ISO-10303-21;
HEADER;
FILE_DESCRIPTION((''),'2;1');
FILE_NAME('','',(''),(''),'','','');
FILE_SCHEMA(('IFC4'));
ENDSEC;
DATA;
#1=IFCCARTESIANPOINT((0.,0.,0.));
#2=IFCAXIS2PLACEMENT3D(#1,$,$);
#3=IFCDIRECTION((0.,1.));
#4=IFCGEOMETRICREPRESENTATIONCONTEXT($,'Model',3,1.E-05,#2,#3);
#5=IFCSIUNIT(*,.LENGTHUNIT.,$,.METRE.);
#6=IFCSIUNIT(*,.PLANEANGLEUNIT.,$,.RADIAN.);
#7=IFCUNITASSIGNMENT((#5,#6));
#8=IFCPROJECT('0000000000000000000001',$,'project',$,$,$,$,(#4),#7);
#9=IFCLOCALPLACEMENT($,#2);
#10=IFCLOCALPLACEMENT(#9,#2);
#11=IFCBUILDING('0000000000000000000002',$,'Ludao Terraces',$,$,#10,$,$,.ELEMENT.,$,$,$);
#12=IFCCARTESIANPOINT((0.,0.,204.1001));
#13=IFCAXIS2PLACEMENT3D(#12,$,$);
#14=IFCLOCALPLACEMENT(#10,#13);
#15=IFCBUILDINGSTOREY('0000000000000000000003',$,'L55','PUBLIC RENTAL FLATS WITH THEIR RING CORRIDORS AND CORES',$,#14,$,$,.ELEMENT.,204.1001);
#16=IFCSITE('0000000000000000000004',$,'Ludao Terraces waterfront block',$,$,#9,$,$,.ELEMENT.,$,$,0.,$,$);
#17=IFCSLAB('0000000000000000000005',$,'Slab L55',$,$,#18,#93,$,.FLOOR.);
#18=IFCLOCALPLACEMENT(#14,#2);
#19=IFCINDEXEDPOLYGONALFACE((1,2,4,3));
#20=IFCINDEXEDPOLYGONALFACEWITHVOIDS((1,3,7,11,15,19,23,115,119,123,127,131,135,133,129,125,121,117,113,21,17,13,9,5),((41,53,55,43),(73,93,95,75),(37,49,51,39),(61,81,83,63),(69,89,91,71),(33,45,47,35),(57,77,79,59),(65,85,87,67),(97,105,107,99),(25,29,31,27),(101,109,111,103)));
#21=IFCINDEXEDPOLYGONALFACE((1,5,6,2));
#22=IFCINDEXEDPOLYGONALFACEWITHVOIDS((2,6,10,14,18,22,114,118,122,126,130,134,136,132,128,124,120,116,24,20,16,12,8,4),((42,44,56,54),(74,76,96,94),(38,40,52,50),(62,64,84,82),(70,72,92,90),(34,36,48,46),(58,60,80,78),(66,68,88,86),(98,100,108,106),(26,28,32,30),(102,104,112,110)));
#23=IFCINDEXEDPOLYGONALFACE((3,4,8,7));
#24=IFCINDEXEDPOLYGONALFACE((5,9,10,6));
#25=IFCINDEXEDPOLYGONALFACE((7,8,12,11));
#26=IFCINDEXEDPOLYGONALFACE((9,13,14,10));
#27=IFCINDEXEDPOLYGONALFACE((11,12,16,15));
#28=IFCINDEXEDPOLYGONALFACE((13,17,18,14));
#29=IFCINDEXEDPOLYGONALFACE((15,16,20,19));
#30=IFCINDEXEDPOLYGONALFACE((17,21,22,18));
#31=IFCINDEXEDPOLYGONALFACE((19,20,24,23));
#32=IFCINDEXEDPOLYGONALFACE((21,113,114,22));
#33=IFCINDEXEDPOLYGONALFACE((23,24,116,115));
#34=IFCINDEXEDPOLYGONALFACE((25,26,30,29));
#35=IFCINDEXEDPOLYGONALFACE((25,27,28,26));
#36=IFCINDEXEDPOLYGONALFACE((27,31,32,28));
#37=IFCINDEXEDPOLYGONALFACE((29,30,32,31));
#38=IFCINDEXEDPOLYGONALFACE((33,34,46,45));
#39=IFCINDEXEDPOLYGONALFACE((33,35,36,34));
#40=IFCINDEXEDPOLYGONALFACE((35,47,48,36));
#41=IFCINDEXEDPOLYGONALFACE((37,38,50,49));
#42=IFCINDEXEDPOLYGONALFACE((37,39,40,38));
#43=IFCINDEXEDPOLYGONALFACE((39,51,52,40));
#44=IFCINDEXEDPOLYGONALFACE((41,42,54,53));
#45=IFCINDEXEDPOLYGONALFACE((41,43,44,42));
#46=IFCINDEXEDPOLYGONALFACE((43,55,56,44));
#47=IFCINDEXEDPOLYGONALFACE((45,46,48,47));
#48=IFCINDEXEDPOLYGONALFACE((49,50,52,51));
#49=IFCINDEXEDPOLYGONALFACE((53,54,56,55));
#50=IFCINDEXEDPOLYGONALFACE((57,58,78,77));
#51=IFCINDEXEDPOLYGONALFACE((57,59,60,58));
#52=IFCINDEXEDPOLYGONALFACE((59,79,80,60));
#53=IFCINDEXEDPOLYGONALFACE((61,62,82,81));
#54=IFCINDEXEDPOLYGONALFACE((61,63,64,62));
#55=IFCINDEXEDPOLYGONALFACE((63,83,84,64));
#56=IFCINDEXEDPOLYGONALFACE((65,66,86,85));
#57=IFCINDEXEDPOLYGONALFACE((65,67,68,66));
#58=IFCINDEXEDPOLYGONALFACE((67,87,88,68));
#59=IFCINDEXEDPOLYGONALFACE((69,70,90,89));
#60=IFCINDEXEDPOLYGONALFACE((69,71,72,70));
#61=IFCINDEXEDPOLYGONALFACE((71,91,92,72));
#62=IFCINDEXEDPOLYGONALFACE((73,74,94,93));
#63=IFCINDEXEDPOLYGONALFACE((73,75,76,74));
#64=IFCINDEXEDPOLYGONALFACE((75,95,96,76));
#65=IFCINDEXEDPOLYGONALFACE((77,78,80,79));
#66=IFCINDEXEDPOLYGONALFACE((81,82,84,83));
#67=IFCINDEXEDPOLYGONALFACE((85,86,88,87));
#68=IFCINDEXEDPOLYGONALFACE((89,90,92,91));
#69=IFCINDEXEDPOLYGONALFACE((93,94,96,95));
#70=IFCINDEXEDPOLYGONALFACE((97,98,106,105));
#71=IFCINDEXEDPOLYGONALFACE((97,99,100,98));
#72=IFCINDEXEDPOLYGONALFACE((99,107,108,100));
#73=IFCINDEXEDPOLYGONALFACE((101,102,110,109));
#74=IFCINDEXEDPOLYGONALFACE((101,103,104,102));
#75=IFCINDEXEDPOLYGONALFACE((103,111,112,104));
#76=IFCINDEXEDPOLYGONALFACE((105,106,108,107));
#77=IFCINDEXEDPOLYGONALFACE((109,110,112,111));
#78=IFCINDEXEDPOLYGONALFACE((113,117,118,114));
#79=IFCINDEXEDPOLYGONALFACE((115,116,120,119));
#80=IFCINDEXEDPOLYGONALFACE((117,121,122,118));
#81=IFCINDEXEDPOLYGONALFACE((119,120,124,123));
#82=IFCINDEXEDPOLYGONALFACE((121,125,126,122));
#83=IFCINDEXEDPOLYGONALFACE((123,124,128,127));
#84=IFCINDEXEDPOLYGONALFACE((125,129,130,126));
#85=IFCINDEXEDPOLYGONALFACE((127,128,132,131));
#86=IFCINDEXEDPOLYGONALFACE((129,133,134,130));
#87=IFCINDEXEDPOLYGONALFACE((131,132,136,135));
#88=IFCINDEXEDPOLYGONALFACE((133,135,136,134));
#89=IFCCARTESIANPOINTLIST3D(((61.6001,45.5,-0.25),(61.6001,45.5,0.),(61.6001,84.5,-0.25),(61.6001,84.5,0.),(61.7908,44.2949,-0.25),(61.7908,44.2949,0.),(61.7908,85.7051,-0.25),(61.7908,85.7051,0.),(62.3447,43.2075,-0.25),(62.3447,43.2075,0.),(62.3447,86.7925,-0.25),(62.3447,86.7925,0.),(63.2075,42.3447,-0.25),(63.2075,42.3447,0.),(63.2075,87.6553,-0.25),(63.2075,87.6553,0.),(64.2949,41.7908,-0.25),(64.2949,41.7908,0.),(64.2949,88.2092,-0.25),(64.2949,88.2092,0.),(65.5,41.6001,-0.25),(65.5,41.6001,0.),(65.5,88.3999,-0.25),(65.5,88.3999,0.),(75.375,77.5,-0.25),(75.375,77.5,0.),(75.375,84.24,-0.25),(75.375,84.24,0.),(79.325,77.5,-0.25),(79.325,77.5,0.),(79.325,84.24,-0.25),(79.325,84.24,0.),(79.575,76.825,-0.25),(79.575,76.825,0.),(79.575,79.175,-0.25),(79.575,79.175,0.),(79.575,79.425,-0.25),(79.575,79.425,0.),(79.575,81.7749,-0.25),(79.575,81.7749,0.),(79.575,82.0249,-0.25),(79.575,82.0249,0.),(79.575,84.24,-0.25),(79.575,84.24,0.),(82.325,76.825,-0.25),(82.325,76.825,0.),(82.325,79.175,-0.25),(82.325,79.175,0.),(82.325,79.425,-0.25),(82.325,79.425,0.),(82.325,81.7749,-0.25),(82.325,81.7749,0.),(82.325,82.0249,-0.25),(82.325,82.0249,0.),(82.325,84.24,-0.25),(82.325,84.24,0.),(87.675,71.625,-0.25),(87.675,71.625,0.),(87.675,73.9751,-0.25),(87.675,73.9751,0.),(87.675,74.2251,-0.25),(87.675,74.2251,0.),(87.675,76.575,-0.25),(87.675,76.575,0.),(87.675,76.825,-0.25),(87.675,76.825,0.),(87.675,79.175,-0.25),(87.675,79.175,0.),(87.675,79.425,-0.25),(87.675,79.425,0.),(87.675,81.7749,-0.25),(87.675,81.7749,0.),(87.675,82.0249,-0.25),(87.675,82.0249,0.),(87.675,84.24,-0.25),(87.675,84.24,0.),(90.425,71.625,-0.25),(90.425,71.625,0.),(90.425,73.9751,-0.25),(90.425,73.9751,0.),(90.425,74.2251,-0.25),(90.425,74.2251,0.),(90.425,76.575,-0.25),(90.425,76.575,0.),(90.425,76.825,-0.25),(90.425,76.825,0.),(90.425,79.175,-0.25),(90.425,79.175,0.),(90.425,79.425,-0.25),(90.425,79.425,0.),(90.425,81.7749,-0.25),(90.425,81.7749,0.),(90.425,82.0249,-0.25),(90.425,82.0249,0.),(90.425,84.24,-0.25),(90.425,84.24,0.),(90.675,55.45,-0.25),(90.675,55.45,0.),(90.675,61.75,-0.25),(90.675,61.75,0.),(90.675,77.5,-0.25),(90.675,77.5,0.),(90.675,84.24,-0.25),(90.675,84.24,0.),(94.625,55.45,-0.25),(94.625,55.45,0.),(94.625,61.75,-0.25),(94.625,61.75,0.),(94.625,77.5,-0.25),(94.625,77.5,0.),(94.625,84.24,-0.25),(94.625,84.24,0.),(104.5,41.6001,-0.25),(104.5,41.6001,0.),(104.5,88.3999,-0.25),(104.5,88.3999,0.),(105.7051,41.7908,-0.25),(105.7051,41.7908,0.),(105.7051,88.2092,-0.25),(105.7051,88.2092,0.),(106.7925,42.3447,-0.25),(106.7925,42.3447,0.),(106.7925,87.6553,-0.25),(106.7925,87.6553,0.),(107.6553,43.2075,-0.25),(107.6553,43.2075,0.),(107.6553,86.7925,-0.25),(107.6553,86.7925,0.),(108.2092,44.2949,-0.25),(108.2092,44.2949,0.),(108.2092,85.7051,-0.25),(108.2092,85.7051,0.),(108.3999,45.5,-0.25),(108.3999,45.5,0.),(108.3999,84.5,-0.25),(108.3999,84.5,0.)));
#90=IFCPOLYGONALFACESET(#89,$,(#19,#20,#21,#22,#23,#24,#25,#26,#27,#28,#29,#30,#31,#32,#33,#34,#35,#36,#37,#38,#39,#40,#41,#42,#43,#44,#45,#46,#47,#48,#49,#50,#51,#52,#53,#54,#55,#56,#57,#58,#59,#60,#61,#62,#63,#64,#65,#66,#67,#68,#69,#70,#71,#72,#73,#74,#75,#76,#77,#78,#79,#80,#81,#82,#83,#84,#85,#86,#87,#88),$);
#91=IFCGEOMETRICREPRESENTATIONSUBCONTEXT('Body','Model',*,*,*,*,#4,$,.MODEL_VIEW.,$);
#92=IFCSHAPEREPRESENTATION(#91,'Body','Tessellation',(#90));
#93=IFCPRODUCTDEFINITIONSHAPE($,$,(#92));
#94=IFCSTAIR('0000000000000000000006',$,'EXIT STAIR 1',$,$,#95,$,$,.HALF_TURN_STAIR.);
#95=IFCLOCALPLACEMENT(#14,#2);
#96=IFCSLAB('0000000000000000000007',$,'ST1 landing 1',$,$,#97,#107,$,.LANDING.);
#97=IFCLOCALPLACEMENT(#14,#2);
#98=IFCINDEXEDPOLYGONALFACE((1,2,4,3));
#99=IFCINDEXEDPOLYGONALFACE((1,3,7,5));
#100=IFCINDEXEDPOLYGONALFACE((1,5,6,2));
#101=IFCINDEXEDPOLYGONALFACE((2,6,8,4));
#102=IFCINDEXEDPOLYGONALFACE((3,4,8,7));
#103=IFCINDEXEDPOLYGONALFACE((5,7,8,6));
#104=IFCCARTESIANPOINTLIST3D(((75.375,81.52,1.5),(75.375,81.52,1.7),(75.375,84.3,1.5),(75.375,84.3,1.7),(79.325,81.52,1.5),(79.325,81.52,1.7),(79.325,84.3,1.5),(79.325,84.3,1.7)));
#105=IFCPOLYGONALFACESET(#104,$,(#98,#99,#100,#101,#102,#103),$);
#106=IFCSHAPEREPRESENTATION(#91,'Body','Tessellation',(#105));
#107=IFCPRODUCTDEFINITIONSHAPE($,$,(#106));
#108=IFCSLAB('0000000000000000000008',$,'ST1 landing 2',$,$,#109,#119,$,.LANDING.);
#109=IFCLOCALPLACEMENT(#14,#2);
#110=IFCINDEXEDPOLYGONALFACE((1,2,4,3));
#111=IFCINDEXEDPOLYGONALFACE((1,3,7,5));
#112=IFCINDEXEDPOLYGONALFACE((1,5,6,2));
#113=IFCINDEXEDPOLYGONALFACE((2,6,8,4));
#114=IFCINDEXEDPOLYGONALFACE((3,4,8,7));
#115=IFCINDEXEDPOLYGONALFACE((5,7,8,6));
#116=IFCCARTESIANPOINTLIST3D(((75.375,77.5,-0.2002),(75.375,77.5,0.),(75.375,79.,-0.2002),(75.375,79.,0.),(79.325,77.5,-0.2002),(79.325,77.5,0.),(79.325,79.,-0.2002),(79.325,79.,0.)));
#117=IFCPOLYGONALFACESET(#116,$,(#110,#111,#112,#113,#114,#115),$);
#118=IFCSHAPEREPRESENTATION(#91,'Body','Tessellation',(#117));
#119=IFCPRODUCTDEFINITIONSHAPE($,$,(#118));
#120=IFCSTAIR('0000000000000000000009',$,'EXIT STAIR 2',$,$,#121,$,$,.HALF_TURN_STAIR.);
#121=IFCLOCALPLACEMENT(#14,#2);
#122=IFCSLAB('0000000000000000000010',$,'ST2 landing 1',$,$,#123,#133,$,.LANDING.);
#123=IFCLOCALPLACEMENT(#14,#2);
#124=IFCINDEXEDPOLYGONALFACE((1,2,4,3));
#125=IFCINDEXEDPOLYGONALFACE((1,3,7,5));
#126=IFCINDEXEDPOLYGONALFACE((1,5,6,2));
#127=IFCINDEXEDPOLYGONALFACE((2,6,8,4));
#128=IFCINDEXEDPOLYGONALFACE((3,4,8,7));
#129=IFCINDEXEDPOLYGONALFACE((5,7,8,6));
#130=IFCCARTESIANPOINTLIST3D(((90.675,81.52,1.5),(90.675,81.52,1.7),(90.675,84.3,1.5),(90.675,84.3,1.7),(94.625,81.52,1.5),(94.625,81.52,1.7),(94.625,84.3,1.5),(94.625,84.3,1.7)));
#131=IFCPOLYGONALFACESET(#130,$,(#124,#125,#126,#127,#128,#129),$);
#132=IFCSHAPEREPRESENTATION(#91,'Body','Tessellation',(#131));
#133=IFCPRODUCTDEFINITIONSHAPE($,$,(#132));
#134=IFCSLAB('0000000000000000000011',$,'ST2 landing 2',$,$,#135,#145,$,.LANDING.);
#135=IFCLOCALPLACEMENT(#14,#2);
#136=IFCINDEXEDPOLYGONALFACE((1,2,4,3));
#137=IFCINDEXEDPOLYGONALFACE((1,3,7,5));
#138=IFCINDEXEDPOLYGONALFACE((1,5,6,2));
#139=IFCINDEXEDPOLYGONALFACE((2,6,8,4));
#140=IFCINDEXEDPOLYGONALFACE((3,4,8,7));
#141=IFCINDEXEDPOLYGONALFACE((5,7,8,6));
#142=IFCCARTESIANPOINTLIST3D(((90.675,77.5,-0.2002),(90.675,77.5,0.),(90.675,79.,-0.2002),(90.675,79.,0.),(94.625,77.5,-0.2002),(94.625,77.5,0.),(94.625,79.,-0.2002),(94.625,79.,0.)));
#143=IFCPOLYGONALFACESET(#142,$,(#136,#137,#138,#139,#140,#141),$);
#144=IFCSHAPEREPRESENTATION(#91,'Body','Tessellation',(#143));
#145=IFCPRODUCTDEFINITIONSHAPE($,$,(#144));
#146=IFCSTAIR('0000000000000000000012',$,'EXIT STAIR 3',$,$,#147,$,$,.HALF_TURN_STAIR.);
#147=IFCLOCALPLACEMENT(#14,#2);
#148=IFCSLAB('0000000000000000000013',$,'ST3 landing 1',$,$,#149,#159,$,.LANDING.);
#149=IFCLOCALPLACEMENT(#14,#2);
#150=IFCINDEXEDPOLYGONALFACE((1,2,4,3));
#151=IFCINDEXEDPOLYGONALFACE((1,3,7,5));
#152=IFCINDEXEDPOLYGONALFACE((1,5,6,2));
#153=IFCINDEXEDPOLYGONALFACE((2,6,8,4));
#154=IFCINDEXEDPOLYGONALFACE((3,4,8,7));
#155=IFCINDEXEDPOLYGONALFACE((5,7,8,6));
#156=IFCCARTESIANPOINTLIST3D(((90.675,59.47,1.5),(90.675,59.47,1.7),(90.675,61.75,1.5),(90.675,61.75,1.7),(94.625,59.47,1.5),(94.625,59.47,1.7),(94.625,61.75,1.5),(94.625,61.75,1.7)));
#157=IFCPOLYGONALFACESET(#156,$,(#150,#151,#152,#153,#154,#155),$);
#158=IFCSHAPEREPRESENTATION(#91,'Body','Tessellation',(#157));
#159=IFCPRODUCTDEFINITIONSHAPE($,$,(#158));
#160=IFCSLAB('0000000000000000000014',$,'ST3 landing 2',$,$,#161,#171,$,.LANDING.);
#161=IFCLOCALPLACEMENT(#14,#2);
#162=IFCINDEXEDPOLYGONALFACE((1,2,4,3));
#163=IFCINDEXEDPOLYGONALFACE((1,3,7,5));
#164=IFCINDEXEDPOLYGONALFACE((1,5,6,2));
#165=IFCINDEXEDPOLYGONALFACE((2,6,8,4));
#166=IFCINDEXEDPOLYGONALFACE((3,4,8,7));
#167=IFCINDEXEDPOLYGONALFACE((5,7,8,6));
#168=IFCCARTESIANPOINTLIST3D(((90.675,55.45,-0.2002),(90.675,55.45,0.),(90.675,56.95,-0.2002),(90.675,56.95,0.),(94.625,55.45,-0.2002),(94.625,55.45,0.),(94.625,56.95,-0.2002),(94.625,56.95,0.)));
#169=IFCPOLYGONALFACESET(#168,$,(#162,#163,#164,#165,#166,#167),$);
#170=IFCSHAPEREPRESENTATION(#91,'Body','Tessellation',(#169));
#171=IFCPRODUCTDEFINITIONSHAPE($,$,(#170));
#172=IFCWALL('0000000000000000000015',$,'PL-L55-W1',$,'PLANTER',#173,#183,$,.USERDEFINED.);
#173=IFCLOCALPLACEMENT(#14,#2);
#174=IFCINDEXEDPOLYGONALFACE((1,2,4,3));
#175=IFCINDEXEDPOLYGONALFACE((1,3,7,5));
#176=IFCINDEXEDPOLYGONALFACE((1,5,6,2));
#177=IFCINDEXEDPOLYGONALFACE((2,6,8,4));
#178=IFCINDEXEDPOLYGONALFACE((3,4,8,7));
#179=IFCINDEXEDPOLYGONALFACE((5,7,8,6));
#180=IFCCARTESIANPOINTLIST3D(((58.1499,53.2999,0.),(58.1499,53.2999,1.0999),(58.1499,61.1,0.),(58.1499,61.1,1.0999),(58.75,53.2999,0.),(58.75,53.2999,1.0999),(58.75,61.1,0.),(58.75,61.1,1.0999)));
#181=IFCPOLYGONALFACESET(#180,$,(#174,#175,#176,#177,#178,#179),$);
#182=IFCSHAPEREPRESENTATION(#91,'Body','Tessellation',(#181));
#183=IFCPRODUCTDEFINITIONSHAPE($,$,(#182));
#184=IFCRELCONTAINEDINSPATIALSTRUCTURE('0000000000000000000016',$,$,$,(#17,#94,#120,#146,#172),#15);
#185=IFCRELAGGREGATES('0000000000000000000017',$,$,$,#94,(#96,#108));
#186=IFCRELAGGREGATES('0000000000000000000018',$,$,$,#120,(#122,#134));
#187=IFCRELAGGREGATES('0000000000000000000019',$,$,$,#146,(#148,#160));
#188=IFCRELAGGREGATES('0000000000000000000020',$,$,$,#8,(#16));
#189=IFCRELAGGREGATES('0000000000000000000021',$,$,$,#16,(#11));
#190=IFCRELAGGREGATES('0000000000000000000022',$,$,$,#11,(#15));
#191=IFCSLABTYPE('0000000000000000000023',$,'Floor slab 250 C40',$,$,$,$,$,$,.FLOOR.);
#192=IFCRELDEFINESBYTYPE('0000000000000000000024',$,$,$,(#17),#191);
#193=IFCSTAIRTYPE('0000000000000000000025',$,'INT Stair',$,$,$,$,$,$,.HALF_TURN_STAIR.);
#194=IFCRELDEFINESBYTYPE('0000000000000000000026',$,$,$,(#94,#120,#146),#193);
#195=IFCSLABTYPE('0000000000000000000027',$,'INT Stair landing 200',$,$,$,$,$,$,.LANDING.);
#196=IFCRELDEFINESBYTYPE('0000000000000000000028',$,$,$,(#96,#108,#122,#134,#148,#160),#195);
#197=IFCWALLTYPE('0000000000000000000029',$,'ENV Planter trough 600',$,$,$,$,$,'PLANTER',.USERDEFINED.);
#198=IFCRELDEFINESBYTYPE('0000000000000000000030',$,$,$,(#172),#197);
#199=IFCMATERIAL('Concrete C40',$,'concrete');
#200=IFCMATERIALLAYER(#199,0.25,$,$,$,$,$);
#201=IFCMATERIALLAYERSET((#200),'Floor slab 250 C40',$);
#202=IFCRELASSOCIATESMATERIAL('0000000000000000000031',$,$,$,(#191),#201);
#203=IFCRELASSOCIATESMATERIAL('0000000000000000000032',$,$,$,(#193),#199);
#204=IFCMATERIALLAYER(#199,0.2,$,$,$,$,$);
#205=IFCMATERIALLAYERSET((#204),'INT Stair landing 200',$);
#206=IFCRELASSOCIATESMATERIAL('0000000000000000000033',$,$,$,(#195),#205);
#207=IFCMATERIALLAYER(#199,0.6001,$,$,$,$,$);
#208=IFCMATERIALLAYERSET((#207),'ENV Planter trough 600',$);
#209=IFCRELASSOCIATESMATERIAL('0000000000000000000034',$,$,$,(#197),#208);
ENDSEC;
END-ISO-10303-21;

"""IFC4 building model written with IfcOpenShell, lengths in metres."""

from ifc_helpers import new_model, si_unit, direction, frame, frame_2d, origin, place, context, subcontext, project, spatial, polyline, rectangle, outline, extrude, material, layer, layer_set, type_object, element, aggregate, save


model = new_model("IFC4")

# Units and contexts
model_context = context("Model", 3, precision=1e-05, world=origin(), true_north=direction((0.0, 1.0)))
body_context = subcontext(model_context, "Body", "Model", "MODEL_VIEW")
ifc_project = project(units=[si_unit("LENGTHUNIT", "METRE"), si_unit("PLANEANGLEUNIT", "RADIAN")], contexts=[model_context])

# Site, building, storey
site_placement = place(None, origin())
site = spatial("IfcSite", under=ifc_project, at=site_placement, Name="Ludao Terraces waterfront block", CompositionType="ELEMENT", RefElevation=0.0)
building_placement = place(site_placement, origin())
building = spatial("IfcBuilding", under=site, at=building_placement, Name="Ludao Terraces", CompositionType="ELEMENT")
storey_placement = place(building_placement, frame((0.0, 0.0, 204.1001)))
storey = spatial("IfcBuildingStorey", under=building, at=storey_placement, Name="L55", Description="PUBLIC RENTAL FLATS WITH THEIR RING CORRIDORS AND CORES", CompositionType="ELEMENT", Elevation=204.1001)

# Shared definitions
ifc_material_1 = material(Name="Concrete C40", Category="concrete")

# Slab
ifc_layer_1 = layer(ifc_material_1, 0.25)
ifc_layer_set_1 = layer_set([ifc_layer_1], Name="Floor slab 250 C40")
slab_type_1 = type_object("IfcSlabType", Name="Floor slab 250 C40", PredefinedType="FLOOR", material=ifc_layer_set_1)
slab_1_placement = place(storey_placement, frame((0.0, 0.0, -0.25)))
element("IfcSlab", 1, at=slab_1_placement, inside=storey, type_object=slab_type_1, Name="Slab L55", PredefinedType="FLOOR", context=body_context, shape_type="SweptSolid", body=[
    extrude(outline(polyline([(104.5, 41.6001), (105.7051, 41.7908), (106.7925, 42.3447), (107.6553, 43.2075), (108.2092, 44.2949), (108.3999, 45.5), (108.3999, 84.5), (108.2092, 85.7051), (107.6553, 86.7925), (106.7925, 87.6553), (105.7051, 88.2092), (104.5, 88.3999), (65.5, 88.3999), (64.2949, 88.2092), (63.2075, 87.6553), (62.3447, 86.7925), (61.7908, 85.7051), (61.6001, 84.5), (61.6001, 45.5), (61.7908, 44.2949), (62.3447, 43.2075), (63.2075, 42.3447), (64.2949, 41.7908), (65.5, 41.6001), (104.5, 41.6001)]), holes=[polyline([(79.575, 76.825), (82.325, 76.825), (82.325, 79.175), (79.575, 79.175), (79.575, 76.825)]), polyline([(79.575, 79.425), (82.325, 79.425), (82.325, 81.7749), (79.575, 81.7749), (79.575, 79.425)]), polyline([(79.575, 82.0249), (82.325, 82.0249), (82.325, 84.24), (79.575, 84.24), (79.575, 82.0249)]), polyline([(87.675, 71.625), (90.425, 71.625), (90.425, 73.9751), (87.675, 73.9751), (87.675, 71.625)]), polyline([(87.675, 74.2251), (90.425, 74.2251), (90.425, 76.575), (87.675, 76.575), (87.675, 74.2251)]), polyline([(87.675, 76.825), (90.425, 76.825), (90.425, 79.175), (87.675, 79.175), (87.675, 76.825)]), polyline([(87.675, 79.425), (90.425, 79.425), (90.425, 81.7749), (87.675, 81.7749), (87.675, 79.425)]), polyline([(87.675, 82.0249), (90.425, 82.0249), (90.425, 84.24), (87.675, 84.24), (87.675, 82.0249)]), polyline([(75.375, 77.5), (79.325, 77.5), (79.325, 84.24), (75.375, 84.24), (75.375, 77.5)]), polyline([(90.675, 77.5), (94.625, 77.5), (94.625, 84.24), (90.675, 84.24), (90.675, 77.5)]), polyline([(90.675, 55.45), (94.625, 55.45), (94.625, 61.75), (90.675, 61.75), (90.675, 55.45)])]), origin(), (0.0, 0.0, 1.0), 0.25),
])

# Stairs, slabs
stair_type = type_object("IfcStairType", Name="INT Stair", PredefinedType="HALF_TURN_STAIR", material=ifc_material_1)
stair_1_placement = place(storey_placement, origin())
stair_1 = element("IfcStair", 2, at=stair_1_placement, inside=storey, type_object=stair_type, Name="EXIT STAIR 1", PredefinedType="HALF_TURN_STAIR")
ifc_layer_2 = layer(ifc_material_1, 0.2)
ifc_layer_set_2 = layer_set([ifc_layer_2], Name="INT Stair landing 200")
slab_type_2 = type_object("IfcSlabType", Name="INT Stair landing 200", PredefinedType="LANDING", material=ifc_layer_set_2)
slab_2_placement = place(storey_placement, frame((0.0, 0.0, 1.5)))
slab_2 = element("IfcSlab", 3, at=slab_2_placement, type_object=slab_type_2, Name="ST1 landing 1", PredefinedType="LANDING", context=body_context, shape_type="SweptSolid", body=[
    extrude(outline(polyline([(75.375, 81.52), (79.325, 81.52), (79.325, 84.3), (75.375, 84.3), (75.375, 81.52)])), origin(), (0.0, 0.0, 1.0), 0.2),
])
slab_3_placement = place(storey_placement, frame((0.0, 0.0, -0.2002)))
slab_3 = element("IfcSlab", 4, at=slab_3_placement, type_object=slab_type_2, Name="ST1 landing 2", PredefinedType="LANDING", context=body_context, shape_type="SweptSolid", body=[
    extrude(outline(polyline([(75.375, 77.5), (79.325, 77.5), (79.325, 79.0), (75.375, 79.0), (75.375, 77.5)])), origin(), (0.0, 0.0, 1.0), 0.2002),
])
aggregate(stair_1, [slab_2, slab_3])
stair_2_placement = place(storey_placement, origin())
stair_2 = element("IfcStair", 5, at=stair_2_placement, inside=storey, type_object=stair_type, Name="EXIT STAIR 2", PredefinedType="HALF_TURN_STAIR")
slab_4_placement = place(storey_placement, frame((0.0, 0.0, 1.5)))
slab_4 = element("IfcSlab", 6, at=slab_4_placement, type_object=slab_type_2, Name="ST2 landing 1", PredefinedType="LANDING", context=body_context, shape_type="SweptSolid", body=[
    extrude(outline(polyline([(90.675, 81.52), (94.625, 81.52), (94.625, 84.3), (90.675, 84.3), (90.675, 81.52)])), origin(), (0.0, 0.0, 1.0), 0.2),
])
slab_5_placement = place(storey_placement, frame((0.0, 0.0, -0.2002)))
slab_5 = element("IfcSlab", 7, at=slab_5_placement, type_object=slab_type_2, Name="ST2 landing 2", PredefinedType="LANDING", context=body_context, shape_type="SweptSolid", body=[
    extrude(outline(polyline([(90.675, 77.5), (94.625, 77.5), (94.625, 79.0), (90.675, 79.0), (90.675, 77.5)])), origin(), (0.0, 0.0, 1.0), 0.2002),
])
aggregate(stair_2, [slab_4, slab_5])
stair_3_placement = place(storey_placement, origin())
stair_3 = element("IfcStair", 8, at=stair_3_placement, inside=storey, type_object=stair_type, Name="EXIT STAIR 3", PredefinedType="HALF_TURN_STAIR")
slab_6_placement = place(storey_placement, frame((0.0, 0.0, 1.5)))
slab_6 = element("IfcSlab", 9, at=slab_6_placement, type_object=slab_type_2, Name="ST3 landing 1", PredefinedType="LANDING", context=body_context, shape_type="SweptSolid", body=[
    extrude(outline(polyline([(90.675, 59.47), (94.625, 59.47), (94.625, 61.75), (90.675, 61.75), (90.675, 59.47)])), origin(), (0.0, 0.0, 1.0), 0.2),
])
slab_7_placement = place(storey_placement, frame((0.0, 0.0, -0.2002)))
slab_7 = element("IfcSlab", 10, at=slab_7_placement, type_object=slab_type_2, Name="ST3 landing 2", PredefinedType="LANDING", context=body_context, shape_type="SweptSolid", body=[
    extrude(outline(polyline([(90.675, 55.45), (94.625, 55.45), (94.625, 56.95), (90.675, 56.95), (90.675, 55.45)])), origin(), (0.0, 0.0, 1.0), 0.2002),
])
aggregate(stair_3, [slab_6, slab_7])

# Wall
ifc_layer_3 = layer(ifc_material_1, 0.6001)
ifc_layer_set_3 = layer_set([ifc_layer_3], Name="ENV Planter trough 600")
wall_type = type_object("IfcWallType", Name="ENV Planter trough 600", ElementType="PLANTER", PredefinedType="USERDEFINED", material=ifc_layer_set_3)
wall_1_placement = place(storey_placement, frame((58.45, 53.3, 0.0), z_axis=(0.0, 0.0, 1.0), x_axis=(0.0, 1.0, 0.0)))
element("IfcWall", 11, at=wall_1_placement, inside=storey, type_object=wall_type, Name="PL-L55-W1", ObjectType="PLANTER", PredefinedType="USERDEFINED", context=body_context, shape_type="SweptSolid", body=[
    extrude(rectangle(XDim=7.8, YDim=0.6001, at=frame_2d((3.8999, 0.0))), origin(), (0.0, 0.0, 1.0), 1.0999),
])

save(model, "model.ifc")
